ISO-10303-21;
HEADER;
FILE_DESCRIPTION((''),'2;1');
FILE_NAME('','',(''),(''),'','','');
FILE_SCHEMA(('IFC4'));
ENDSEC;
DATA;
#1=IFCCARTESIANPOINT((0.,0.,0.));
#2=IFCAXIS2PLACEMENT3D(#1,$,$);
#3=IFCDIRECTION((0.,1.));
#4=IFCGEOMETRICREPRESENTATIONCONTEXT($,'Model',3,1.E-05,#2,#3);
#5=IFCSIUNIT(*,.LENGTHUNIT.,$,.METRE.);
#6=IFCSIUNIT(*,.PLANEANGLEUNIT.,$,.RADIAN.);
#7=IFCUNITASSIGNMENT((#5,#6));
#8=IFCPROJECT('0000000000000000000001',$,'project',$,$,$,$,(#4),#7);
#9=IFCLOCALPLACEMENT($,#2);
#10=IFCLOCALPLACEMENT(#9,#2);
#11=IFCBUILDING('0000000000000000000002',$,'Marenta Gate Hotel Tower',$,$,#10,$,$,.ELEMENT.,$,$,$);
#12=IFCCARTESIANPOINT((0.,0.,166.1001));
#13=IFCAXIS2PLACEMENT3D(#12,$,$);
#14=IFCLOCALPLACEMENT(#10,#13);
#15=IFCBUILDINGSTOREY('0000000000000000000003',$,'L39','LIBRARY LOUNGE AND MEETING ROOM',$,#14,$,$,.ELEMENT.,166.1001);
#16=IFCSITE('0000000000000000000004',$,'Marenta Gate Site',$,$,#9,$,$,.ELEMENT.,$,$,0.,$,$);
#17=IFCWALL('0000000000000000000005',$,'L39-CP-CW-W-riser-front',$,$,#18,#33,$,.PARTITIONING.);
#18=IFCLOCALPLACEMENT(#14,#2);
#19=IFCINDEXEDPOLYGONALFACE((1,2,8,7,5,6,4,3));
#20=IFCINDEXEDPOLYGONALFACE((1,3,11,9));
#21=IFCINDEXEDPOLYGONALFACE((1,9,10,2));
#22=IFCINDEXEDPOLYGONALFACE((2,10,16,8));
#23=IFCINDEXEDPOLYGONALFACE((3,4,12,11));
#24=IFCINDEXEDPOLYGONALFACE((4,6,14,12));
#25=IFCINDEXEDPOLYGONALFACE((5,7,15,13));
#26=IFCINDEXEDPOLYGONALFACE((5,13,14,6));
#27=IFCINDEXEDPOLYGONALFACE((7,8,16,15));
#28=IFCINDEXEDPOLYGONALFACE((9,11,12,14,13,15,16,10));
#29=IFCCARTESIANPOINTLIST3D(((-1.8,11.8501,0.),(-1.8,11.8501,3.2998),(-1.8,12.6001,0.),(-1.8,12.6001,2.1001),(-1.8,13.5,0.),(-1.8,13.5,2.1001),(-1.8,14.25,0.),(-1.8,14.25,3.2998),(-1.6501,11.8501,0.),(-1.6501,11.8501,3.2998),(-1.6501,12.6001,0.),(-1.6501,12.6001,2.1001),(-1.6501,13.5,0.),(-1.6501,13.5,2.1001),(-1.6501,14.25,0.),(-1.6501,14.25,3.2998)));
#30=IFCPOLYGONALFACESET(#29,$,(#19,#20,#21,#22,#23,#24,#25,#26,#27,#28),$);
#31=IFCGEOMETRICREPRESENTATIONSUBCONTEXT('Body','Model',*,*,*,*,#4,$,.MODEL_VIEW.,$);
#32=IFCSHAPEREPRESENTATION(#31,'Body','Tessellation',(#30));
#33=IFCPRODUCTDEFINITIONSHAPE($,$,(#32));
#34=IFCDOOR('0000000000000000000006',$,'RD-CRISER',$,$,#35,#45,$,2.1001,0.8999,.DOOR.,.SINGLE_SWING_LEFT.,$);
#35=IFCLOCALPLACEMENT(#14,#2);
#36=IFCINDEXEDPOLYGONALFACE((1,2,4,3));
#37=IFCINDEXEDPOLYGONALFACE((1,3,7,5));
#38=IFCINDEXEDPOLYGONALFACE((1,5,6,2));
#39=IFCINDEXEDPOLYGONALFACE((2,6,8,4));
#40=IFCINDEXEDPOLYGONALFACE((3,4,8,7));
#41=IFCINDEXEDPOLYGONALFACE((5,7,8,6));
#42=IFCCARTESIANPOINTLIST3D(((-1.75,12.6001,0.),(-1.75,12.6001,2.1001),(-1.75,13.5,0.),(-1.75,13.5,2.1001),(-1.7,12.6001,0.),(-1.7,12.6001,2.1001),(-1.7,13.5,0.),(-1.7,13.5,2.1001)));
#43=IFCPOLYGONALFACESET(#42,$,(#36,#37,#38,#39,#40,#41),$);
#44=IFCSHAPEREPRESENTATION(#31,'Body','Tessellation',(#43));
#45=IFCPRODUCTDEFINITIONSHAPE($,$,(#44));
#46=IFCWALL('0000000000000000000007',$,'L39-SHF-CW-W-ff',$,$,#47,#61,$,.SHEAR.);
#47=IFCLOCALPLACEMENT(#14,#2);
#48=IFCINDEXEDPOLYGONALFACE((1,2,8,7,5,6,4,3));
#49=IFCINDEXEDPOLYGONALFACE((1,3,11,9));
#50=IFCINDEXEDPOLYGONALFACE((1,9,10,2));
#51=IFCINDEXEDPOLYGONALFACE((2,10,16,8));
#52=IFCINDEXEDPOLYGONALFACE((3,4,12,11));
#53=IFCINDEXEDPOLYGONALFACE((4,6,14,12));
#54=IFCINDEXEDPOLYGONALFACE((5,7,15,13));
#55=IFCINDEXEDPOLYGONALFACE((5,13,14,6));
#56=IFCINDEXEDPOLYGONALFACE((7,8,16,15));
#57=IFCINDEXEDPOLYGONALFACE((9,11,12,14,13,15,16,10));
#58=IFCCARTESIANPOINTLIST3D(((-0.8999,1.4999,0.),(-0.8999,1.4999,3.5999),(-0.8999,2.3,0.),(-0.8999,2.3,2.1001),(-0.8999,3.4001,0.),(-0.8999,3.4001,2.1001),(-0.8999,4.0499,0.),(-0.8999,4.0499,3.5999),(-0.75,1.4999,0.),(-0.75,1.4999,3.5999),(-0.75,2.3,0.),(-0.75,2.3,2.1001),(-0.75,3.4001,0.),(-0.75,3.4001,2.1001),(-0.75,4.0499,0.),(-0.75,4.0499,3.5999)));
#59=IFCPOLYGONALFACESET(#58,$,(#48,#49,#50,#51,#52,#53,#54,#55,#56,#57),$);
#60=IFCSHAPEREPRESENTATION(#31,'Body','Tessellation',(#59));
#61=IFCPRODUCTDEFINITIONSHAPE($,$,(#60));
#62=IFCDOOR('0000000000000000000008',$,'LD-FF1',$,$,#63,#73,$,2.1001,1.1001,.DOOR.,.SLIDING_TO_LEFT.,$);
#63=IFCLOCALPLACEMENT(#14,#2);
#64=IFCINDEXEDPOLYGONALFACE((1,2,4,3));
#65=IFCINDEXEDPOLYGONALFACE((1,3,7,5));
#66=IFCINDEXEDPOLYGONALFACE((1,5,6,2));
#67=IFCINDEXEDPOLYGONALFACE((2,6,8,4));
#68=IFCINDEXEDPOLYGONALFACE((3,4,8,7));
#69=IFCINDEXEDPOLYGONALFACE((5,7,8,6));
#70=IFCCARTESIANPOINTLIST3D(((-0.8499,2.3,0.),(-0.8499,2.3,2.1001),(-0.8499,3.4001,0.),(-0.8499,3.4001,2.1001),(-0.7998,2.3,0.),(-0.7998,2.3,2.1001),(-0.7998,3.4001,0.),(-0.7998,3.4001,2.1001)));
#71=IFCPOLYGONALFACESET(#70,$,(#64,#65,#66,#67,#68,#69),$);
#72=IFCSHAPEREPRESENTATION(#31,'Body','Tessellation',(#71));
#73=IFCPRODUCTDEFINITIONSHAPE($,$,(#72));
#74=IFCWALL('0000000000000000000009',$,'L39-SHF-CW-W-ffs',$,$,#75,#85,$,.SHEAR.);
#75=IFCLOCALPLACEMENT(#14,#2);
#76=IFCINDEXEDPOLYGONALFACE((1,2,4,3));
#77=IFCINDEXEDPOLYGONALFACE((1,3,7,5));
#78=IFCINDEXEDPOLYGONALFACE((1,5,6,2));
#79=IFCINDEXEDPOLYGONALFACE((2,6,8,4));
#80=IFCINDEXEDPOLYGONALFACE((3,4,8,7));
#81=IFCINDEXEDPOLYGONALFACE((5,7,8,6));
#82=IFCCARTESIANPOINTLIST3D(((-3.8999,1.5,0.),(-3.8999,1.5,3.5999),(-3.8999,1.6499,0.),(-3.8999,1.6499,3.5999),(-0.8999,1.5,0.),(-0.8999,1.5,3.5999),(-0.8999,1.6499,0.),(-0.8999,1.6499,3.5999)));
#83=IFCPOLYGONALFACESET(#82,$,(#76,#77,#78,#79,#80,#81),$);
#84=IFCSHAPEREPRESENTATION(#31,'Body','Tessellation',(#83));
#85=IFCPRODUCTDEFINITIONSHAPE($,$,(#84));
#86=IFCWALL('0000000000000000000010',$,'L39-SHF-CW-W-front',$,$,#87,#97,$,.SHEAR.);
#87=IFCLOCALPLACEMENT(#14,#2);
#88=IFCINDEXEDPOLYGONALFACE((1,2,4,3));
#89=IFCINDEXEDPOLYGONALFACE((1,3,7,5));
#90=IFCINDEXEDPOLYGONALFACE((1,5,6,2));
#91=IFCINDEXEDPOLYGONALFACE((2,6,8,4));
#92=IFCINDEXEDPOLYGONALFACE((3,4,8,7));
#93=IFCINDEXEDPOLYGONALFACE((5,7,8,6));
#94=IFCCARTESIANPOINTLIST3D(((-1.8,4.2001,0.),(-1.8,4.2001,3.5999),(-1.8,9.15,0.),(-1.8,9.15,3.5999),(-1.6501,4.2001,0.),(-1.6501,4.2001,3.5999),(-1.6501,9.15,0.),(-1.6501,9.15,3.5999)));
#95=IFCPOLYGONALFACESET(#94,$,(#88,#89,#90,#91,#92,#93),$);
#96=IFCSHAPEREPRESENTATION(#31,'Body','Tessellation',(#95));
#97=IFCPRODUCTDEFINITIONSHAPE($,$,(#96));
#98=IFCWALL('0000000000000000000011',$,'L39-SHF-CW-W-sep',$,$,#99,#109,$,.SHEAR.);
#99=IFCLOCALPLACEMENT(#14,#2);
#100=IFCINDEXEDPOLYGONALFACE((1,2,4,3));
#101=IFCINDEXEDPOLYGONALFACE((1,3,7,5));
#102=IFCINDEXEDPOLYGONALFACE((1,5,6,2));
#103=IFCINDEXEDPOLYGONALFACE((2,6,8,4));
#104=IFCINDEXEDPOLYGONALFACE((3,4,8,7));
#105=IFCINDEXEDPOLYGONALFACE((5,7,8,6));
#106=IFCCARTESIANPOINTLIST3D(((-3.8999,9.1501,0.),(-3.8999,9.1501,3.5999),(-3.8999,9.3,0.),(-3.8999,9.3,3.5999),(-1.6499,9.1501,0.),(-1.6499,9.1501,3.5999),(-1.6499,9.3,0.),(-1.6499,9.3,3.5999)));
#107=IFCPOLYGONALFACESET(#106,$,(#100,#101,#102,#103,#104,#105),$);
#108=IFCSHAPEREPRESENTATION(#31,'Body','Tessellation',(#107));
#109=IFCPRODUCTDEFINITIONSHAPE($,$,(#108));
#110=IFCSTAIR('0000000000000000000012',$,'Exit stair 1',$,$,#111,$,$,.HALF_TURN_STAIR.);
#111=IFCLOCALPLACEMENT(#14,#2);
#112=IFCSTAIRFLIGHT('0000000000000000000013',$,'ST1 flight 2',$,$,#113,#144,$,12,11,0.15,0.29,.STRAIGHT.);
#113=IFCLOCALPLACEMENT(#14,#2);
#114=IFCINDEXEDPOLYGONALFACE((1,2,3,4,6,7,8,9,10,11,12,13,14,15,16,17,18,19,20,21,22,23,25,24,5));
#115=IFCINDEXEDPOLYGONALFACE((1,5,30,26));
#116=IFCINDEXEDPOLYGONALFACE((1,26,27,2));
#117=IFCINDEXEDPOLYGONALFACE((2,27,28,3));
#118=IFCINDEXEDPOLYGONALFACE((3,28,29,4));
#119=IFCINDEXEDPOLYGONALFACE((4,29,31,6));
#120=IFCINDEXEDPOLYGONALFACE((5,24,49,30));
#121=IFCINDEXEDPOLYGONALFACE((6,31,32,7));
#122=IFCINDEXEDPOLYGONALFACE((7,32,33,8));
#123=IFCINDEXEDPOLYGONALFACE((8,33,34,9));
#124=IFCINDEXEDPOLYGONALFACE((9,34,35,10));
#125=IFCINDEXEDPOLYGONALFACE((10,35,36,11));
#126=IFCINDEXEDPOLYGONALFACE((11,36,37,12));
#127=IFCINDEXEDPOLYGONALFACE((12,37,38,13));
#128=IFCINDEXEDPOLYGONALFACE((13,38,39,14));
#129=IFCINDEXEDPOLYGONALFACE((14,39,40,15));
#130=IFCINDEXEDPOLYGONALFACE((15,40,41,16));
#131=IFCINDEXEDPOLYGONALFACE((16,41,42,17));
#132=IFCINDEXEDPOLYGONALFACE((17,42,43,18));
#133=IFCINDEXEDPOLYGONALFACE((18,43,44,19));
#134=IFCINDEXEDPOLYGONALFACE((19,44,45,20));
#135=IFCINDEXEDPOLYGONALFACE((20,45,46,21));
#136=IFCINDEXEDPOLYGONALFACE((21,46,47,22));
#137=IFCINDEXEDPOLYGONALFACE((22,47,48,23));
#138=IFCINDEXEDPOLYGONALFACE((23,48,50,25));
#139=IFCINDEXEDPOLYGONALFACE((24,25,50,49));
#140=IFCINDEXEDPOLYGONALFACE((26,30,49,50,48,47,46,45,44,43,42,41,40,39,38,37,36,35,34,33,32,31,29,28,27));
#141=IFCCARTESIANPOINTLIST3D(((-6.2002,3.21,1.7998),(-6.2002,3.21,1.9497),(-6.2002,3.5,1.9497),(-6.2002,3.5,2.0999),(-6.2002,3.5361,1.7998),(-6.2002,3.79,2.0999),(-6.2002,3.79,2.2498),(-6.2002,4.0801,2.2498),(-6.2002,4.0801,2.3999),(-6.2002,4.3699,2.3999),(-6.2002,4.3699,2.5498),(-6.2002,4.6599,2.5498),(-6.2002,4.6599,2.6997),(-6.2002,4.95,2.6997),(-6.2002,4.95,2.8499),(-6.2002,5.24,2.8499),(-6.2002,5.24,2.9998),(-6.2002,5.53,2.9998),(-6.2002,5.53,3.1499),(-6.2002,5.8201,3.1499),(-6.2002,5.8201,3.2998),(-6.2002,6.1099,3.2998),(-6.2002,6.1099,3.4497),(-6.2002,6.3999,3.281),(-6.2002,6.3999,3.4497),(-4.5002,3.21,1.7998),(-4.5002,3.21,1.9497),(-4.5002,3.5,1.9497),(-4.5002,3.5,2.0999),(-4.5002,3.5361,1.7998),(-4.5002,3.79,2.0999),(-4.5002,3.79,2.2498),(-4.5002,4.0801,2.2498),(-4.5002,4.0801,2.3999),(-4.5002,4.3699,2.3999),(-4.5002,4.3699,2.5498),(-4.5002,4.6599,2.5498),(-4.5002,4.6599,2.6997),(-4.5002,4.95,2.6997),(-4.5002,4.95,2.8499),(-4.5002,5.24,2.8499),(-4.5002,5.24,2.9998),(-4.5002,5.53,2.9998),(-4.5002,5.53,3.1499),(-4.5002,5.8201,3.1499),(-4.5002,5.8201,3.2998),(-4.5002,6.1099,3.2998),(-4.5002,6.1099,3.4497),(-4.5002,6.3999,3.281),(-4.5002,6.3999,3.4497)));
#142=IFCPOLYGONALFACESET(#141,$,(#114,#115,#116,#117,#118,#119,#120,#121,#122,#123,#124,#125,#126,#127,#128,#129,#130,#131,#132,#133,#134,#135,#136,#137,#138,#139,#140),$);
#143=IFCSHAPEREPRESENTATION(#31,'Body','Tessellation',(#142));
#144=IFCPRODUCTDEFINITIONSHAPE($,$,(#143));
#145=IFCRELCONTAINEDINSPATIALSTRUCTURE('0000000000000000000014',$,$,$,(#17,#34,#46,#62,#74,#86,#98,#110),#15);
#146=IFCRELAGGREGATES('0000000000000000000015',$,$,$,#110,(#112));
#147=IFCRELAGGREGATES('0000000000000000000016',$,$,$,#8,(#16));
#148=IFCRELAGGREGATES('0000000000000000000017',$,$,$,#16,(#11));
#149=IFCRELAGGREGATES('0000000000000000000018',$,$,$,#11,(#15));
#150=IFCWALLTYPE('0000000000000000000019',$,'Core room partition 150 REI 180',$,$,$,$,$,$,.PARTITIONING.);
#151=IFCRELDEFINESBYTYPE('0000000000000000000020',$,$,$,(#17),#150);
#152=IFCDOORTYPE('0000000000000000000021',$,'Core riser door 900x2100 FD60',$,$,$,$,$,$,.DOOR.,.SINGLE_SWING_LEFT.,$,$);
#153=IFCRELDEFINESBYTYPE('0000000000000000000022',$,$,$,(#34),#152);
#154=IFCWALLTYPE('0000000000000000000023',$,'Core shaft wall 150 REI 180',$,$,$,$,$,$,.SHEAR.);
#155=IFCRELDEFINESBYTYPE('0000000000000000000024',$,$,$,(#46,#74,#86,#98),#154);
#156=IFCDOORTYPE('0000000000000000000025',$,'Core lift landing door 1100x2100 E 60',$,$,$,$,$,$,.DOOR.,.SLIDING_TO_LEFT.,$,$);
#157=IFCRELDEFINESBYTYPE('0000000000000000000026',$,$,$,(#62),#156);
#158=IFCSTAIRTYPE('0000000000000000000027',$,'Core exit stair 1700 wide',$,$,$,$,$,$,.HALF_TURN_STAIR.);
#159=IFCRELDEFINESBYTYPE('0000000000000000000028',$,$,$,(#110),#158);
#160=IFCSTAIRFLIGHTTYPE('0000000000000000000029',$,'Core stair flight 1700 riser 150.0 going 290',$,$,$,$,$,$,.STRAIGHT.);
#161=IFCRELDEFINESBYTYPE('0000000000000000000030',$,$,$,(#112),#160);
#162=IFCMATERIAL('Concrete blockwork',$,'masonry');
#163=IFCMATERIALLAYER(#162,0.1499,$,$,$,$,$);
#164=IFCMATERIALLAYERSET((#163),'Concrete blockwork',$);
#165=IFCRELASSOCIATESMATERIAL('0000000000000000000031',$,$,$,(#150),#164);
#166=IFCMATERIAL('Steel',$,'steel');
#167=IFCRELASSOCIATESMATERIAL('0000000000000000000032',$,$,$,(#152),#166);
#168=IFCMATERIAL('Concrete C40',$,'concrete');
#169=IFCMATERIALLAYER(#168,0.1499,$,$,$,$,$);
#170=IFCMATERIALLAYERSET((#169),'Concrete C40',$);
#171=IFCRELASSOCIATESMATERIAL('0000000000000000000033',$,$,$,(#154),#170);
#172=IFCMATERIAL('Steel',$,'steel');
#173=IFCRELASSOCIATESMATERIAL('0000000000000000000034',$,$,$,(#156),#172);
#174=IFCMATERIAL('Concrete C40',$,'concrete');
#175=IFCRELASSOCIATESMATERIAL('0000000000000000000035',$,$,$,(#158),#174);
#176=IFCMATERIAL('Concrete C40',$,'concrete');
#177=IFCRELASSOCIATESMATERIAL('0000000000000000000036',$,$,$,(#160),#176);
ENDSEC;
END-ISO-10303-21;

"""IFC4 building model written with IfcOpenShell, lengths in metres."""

from ifc_helpers import new_model, si_unit, direction, frame, frame_2d, origin, place, context, subcontext, project, spatial, polyline, rectangle, outline, extrude, material, layer, layer_set, type_object, element, fill, aggregate, save


model = new_model("IFC4")

# Units and contexts
model_context = context("Model", 3, precision=1e-05, world=origin(), true_north=direction((0.0, 1.0)))
body_context = subcontext(model_context, "Body", "Model", "MODEL_VIEW")
ifc_project = project(units=[si_unit("LENGTHUNIT", "METRE"), si_unit("PLANEANGLEUNIT", "RADIAN")], contexts=[model_context])

# Site, building, storey
site_placement = place(None, origin())
site = spatial("IfcSite", under=ifc_project, at=site_placement, Name="Marenta Gate Site", CompositionType="ELEMENT", RefElevation=0.0)
building_placement = place(site_placement, origin())
building = spatial("IfcBuilding", under=site, at=building_placement, Name="Marenta Gate Hotel Tower", CompositionType="ELEMENT")
storey_placement = place(building_placement, frame((0.0, 0.0, 166.1001)))
storey = spatial("IfcBuildingStorey", under=building, at=storey_placement, Name="L39", Description="LIBRARY LOUNGE AND MEETING ROOM", CompositionType="ELEMENT", Elevation=166.1001)

# Walls, openings, doors
ifc_material_1 = material(Name="Concrete blockwork", Category="masonry")
ifc_layer_1 = layer(ifc_material_1, 0.1499)
ifc_layer_set_1 = layer_set([ifc_layer_1], Name="Concrete blockwork")
wall_type_1 = type_object("IfcWallType", Name="Core room partition 150 REI 180", PredefinedType="PARTITIONING", material=ifc_layer_set_1)
wall_1_placement = place(storey_placement, frame((-1.7251, 11.8501, 0.0), z_axis=(0.0, 0.0, 1.0), x_axis=(0.0, 1.0, 0.0)))
wall_1 = element("IfcWall", 1, at=wall_1_placement, inside=storey, type_object=wall_type_1, Name="L39-CP-CW-W-riser-front", PredefinedType="PARTITIONING", context=body_context, shape_type="SweptSolid", body=[
    extrude(rectangle(XDim=2.3999, YDim=0.1499, at=frame_2d((1.2, 0.0))), origin(), (0.0, 0.0, 1.0), 3.2998),
])
opening_1_placement = place(wall_1_placement, frame((0.75, 0.0, 0.0)))
opening_1 = element("IfcOpeningElement", 2, at=opening_1_placement, cuts=wall_1, PredefinedType="OPENING", context=body_context, shape_type="SweptSolid", body=[
    extrude(rectangle(XDim=0.8999, YDim=2.1001, at=frame_2d((0.45, 1.05))), frame((0.0, 0.075, 0.0), z_axis=(0.0, -1.0, 0.0), x_axis=(1.0, 0.0, 0.0)), (0.0, 0.0, 1.0), 0.1499),
])
ifc_material_2 = material(Name="Steel", Category="steel")
door_type_1 = type_object("IfcDoorType", Name="Core riser door 900x2100 FD60", OperationType="SINGLE_SWING_LEFT", PredefinedType="DOOR", material=ifc_material_2)
door_1_placement = place(opening_1_placement, origin())
door_1 = element("IfcDoor", 3, at=door_1_placement, inside=storey, type_object=door_type_1, Name="RD-CRISER", OperationType="SINGLE_SWING_LEFT", OverallHeight=2.1001, OverallWidth=0.8999, PredefinedType="DOOR", context=body_context, shape_type="SweptSolid", body=[
    extrude(rectangle(XDim=0.8999, YDim=2.1001, at=frame_2d((0.45, 1.05))), frame((0.0, 0.0249, 0.0), z_axis=(0.0, -1.0, 0.0), x_axis=(1.0, 0.0, 0.0)), (0.0, 0.0, 1.0), 0.05),
])
fill(opening_1, door_1)
ifc_material_3 = material(Name="Concrete C40", Category="concrete")
ifc_layer_2 = layer(ifc_material_3, 0.1499)
ifc_layer_set_2 = layer_set([ifc_layer_2], Name="Concrete C40")
wall_type_2 = type_object("IfcWallType", Name="Core shaft wall 150 REI 180", PredefinedType="SHEAR", material=ifc_layer_set_2)
wall_2_placement = place(storey_placement, frame((-0.825, 1.5, 0.0), z_axis=(0.0, 0.0, 1.0), x_axis=(0.0, 1.0, 0.0)))
wall_2 = element("IfcWall", 4, at=wall_2_placement, inside=storey, type_object=wall_type_2, Name="L39-SHF-CW-W-ff", PredefinedType="SHEAR", context=body_context, shape_type="SweptSolid", body=[
    extrude(rectangle(XDim=2.55, YDim=0.1499, at=frame_2d((1.2749, 0.0))), origin(), (0.0, 0.0, 1.0), 3.5999),
])
opening_2_placement = place(wall_2_placement, frame((0.8, 0.0, 0.0)))
opening_2 = element("IfcOpeningElement", 5, at=opening_2_placement, cuts=wall_2, PredefinedType="OPENING", context=body_context, shape_type="SweptSolid", body=[
    extrude(rectangle(XDim=1.1001, YDim=2.1001, at=frame_2d((0.55, 1.05))), frame((0.0, 0.075, 0.0), z_axis=(0.0, -1.0, 0.0), x_axis=(1.0, 0.0, 0.0)), (0.0, 0.0, 1.0), 0.1499),
])
ifc_material_4 = material(Name="Steel", Category="steel")
door_type_2 = type_object("IfcDoorType", Name="Core lift landing door 1100x2100 E 60", OperationType="SLIDING_TO_LEFT", PredefinedType="DOOR", material=ifc_material_4)
door_2_placement = place(opening_2_placement, origin())
door_2 = element("IfcDoor", 6, at=door_2_placement, inside=storey, type_object=door_type_2, Name="LD-FF1", OperationType="SLIDING_TO_LEFT", OverallHeight=2.1001, OverallWidth=1.1001, PredefinedType="DOOR", context=body_context, shape_type="SweptSolid", body=[
    extrude(rectangle(XDim=1.1001, YDim=2.1001, at=frame_2d((0.55, 1.05))), frame((0.0, 0.0249, 0.0), z_axis=(0.0, -1.0, 0.0), x_axis=(1.0, 0.0, 0.0)), (0.0, 0.0, 1.0), 0.05),
])
fill(opening_2, door_2)

# Walls
wall_3_placement = place(storey_placement, frame((-3.8999, 1.575, 0.0), z_axis=(0.0, 0.0, 1.0), x_axis=(1.0, 0.0, 0.0)))
element("IfcWall", 7, at=wall_3_placement, inside=storey, type_object=wall_type_2, Name="L39-SHF-CW-W-ffs", PredefinedType="SHEAR", context=body_context, shape_type="SweptSolid", body=[
    extrude(rectangle(XDim=3.0, YDim=0.1499, at=frame_2d((1.5, 0.0))), origin(), (0.0, 0.0, 1.0), 3.5999),
])
wall_4_placement = place(storey_placement, frame((-1.7251, 4.2, 0.0), z_axis=(0.0, 0.0, 1.0), x_axis=(0.0, 1.0, 0.0)))
element("IfcWall", 8, at=wall_4_placement, inside=storey, type_object=wall_type_2, Name="L39-SHF-CW-W-front", PredefinedType="SHEAR", context=body_context, shape_type="SweptSolid", body=[
    extrude(rectangle(XDim=4.95, YDim=0.1499, at=frame_2d((2.4751, 0.0))), origin(), (0.0, 0.0, 1.0), 3.5999),
])
wall_5_placement = place(storey_placement, frame((-3.8999, 9.2251, 0.0), z_axis=(0.0, 0.0, 1.0), x_axis=(1.0, 0.0, 0.0)))
element("IfcWall", 9, at=wall_5_placement, inside=storey, type_object=wall_type_2, Name="L39-SHF-CW-W-sep", PredefinedType="SHEAR", context=body_context, shape_type="SweptSolid", body=[
    extrude(rectangle(XDim=2.25, YDim=0.1499, at=frame_2d((1.125, 0.0))), origin(), (0.0, 0.0, 1.0), 3.5999),
])

# Stair, stair flight
ifc_material_5 = material(Name="Concrete C40", Category="concrete")
stair_type = type_object("IfcStairType", Name="Core exit stair 1700 wide", PredefinedType="HALF_TURN_STAIR", material=ifc_material_5)
stair_placement = place(storey_placement, origin())
stair = element("IfcStair", 10, at=stair_placement, inside=storey, type_object=stair_type, Name="Exit stair 1", PredefinedType="HALF_TURN_STAIR")
ifc_material_6 = material(Name="Concrete C40", Category="concrete")
stair_flight_type = type_object("IfcStairFlightType", Name="Core stair flight 1700 riser 150.0 going 290", PredefinedType="STRAIGHT", material=ifc_material_6)
stair_flight_placement = place(storey_placement, frame((-5.3501, 3.21, 1.7998), z_axis=(0.0, 0.0, 1.0), x_axis=(0.0, 1.0, 0.0)))
stair_flight = element("IfcStairFlight", 11, at=stair_flight_placement, type_object=stair_flight_type, Name="ST1 flight 2", NumberOfRisers=12, NumberOfTreads=11, PredefinedType="STRAIGHT", RiserHeight=0.15, TreadLength=0.29, context=body_context, shape_type="SweptSolid", body=[
    extrude(outline(polyline([(0.0, 0.0), (0.0, 0.1499), (0.29, 0.1499), (0.29, 0.3), (0.5801, 0.3), (0.5801, 0.45), (0.8701, 0.45), (0.8701, 0.6001), (1.1599, 0.6001), (1.1599, 0.75), (1.45, 0.75), (1.45, 0.8999), (1.74, 0.8999), (1.74, 1.05), (2.03, 1.05), (2.03, 1.2), (2.3201, 1.2), (2.3201, 1.3501), (2.6101, 1.3501), (2.6101, 1.5), (2.8999, 1.5), (2.8999, 1.6499), (3.1899, 1.6499), (3.1899, 1.8), (3.1899, 1.4812), (0.3262, 0.0), (0.0, 0.0)])), frame((0.0, 0.8501, 0.0), z_axis=(0.0, -1.0, 0.0), x_axis=(1.0, 0.0, 0.0)), (0.0, 0.0, 1.0), 1.7),
])
aggregate(stair, [stair_flight])

save(model, "model.ifc")
